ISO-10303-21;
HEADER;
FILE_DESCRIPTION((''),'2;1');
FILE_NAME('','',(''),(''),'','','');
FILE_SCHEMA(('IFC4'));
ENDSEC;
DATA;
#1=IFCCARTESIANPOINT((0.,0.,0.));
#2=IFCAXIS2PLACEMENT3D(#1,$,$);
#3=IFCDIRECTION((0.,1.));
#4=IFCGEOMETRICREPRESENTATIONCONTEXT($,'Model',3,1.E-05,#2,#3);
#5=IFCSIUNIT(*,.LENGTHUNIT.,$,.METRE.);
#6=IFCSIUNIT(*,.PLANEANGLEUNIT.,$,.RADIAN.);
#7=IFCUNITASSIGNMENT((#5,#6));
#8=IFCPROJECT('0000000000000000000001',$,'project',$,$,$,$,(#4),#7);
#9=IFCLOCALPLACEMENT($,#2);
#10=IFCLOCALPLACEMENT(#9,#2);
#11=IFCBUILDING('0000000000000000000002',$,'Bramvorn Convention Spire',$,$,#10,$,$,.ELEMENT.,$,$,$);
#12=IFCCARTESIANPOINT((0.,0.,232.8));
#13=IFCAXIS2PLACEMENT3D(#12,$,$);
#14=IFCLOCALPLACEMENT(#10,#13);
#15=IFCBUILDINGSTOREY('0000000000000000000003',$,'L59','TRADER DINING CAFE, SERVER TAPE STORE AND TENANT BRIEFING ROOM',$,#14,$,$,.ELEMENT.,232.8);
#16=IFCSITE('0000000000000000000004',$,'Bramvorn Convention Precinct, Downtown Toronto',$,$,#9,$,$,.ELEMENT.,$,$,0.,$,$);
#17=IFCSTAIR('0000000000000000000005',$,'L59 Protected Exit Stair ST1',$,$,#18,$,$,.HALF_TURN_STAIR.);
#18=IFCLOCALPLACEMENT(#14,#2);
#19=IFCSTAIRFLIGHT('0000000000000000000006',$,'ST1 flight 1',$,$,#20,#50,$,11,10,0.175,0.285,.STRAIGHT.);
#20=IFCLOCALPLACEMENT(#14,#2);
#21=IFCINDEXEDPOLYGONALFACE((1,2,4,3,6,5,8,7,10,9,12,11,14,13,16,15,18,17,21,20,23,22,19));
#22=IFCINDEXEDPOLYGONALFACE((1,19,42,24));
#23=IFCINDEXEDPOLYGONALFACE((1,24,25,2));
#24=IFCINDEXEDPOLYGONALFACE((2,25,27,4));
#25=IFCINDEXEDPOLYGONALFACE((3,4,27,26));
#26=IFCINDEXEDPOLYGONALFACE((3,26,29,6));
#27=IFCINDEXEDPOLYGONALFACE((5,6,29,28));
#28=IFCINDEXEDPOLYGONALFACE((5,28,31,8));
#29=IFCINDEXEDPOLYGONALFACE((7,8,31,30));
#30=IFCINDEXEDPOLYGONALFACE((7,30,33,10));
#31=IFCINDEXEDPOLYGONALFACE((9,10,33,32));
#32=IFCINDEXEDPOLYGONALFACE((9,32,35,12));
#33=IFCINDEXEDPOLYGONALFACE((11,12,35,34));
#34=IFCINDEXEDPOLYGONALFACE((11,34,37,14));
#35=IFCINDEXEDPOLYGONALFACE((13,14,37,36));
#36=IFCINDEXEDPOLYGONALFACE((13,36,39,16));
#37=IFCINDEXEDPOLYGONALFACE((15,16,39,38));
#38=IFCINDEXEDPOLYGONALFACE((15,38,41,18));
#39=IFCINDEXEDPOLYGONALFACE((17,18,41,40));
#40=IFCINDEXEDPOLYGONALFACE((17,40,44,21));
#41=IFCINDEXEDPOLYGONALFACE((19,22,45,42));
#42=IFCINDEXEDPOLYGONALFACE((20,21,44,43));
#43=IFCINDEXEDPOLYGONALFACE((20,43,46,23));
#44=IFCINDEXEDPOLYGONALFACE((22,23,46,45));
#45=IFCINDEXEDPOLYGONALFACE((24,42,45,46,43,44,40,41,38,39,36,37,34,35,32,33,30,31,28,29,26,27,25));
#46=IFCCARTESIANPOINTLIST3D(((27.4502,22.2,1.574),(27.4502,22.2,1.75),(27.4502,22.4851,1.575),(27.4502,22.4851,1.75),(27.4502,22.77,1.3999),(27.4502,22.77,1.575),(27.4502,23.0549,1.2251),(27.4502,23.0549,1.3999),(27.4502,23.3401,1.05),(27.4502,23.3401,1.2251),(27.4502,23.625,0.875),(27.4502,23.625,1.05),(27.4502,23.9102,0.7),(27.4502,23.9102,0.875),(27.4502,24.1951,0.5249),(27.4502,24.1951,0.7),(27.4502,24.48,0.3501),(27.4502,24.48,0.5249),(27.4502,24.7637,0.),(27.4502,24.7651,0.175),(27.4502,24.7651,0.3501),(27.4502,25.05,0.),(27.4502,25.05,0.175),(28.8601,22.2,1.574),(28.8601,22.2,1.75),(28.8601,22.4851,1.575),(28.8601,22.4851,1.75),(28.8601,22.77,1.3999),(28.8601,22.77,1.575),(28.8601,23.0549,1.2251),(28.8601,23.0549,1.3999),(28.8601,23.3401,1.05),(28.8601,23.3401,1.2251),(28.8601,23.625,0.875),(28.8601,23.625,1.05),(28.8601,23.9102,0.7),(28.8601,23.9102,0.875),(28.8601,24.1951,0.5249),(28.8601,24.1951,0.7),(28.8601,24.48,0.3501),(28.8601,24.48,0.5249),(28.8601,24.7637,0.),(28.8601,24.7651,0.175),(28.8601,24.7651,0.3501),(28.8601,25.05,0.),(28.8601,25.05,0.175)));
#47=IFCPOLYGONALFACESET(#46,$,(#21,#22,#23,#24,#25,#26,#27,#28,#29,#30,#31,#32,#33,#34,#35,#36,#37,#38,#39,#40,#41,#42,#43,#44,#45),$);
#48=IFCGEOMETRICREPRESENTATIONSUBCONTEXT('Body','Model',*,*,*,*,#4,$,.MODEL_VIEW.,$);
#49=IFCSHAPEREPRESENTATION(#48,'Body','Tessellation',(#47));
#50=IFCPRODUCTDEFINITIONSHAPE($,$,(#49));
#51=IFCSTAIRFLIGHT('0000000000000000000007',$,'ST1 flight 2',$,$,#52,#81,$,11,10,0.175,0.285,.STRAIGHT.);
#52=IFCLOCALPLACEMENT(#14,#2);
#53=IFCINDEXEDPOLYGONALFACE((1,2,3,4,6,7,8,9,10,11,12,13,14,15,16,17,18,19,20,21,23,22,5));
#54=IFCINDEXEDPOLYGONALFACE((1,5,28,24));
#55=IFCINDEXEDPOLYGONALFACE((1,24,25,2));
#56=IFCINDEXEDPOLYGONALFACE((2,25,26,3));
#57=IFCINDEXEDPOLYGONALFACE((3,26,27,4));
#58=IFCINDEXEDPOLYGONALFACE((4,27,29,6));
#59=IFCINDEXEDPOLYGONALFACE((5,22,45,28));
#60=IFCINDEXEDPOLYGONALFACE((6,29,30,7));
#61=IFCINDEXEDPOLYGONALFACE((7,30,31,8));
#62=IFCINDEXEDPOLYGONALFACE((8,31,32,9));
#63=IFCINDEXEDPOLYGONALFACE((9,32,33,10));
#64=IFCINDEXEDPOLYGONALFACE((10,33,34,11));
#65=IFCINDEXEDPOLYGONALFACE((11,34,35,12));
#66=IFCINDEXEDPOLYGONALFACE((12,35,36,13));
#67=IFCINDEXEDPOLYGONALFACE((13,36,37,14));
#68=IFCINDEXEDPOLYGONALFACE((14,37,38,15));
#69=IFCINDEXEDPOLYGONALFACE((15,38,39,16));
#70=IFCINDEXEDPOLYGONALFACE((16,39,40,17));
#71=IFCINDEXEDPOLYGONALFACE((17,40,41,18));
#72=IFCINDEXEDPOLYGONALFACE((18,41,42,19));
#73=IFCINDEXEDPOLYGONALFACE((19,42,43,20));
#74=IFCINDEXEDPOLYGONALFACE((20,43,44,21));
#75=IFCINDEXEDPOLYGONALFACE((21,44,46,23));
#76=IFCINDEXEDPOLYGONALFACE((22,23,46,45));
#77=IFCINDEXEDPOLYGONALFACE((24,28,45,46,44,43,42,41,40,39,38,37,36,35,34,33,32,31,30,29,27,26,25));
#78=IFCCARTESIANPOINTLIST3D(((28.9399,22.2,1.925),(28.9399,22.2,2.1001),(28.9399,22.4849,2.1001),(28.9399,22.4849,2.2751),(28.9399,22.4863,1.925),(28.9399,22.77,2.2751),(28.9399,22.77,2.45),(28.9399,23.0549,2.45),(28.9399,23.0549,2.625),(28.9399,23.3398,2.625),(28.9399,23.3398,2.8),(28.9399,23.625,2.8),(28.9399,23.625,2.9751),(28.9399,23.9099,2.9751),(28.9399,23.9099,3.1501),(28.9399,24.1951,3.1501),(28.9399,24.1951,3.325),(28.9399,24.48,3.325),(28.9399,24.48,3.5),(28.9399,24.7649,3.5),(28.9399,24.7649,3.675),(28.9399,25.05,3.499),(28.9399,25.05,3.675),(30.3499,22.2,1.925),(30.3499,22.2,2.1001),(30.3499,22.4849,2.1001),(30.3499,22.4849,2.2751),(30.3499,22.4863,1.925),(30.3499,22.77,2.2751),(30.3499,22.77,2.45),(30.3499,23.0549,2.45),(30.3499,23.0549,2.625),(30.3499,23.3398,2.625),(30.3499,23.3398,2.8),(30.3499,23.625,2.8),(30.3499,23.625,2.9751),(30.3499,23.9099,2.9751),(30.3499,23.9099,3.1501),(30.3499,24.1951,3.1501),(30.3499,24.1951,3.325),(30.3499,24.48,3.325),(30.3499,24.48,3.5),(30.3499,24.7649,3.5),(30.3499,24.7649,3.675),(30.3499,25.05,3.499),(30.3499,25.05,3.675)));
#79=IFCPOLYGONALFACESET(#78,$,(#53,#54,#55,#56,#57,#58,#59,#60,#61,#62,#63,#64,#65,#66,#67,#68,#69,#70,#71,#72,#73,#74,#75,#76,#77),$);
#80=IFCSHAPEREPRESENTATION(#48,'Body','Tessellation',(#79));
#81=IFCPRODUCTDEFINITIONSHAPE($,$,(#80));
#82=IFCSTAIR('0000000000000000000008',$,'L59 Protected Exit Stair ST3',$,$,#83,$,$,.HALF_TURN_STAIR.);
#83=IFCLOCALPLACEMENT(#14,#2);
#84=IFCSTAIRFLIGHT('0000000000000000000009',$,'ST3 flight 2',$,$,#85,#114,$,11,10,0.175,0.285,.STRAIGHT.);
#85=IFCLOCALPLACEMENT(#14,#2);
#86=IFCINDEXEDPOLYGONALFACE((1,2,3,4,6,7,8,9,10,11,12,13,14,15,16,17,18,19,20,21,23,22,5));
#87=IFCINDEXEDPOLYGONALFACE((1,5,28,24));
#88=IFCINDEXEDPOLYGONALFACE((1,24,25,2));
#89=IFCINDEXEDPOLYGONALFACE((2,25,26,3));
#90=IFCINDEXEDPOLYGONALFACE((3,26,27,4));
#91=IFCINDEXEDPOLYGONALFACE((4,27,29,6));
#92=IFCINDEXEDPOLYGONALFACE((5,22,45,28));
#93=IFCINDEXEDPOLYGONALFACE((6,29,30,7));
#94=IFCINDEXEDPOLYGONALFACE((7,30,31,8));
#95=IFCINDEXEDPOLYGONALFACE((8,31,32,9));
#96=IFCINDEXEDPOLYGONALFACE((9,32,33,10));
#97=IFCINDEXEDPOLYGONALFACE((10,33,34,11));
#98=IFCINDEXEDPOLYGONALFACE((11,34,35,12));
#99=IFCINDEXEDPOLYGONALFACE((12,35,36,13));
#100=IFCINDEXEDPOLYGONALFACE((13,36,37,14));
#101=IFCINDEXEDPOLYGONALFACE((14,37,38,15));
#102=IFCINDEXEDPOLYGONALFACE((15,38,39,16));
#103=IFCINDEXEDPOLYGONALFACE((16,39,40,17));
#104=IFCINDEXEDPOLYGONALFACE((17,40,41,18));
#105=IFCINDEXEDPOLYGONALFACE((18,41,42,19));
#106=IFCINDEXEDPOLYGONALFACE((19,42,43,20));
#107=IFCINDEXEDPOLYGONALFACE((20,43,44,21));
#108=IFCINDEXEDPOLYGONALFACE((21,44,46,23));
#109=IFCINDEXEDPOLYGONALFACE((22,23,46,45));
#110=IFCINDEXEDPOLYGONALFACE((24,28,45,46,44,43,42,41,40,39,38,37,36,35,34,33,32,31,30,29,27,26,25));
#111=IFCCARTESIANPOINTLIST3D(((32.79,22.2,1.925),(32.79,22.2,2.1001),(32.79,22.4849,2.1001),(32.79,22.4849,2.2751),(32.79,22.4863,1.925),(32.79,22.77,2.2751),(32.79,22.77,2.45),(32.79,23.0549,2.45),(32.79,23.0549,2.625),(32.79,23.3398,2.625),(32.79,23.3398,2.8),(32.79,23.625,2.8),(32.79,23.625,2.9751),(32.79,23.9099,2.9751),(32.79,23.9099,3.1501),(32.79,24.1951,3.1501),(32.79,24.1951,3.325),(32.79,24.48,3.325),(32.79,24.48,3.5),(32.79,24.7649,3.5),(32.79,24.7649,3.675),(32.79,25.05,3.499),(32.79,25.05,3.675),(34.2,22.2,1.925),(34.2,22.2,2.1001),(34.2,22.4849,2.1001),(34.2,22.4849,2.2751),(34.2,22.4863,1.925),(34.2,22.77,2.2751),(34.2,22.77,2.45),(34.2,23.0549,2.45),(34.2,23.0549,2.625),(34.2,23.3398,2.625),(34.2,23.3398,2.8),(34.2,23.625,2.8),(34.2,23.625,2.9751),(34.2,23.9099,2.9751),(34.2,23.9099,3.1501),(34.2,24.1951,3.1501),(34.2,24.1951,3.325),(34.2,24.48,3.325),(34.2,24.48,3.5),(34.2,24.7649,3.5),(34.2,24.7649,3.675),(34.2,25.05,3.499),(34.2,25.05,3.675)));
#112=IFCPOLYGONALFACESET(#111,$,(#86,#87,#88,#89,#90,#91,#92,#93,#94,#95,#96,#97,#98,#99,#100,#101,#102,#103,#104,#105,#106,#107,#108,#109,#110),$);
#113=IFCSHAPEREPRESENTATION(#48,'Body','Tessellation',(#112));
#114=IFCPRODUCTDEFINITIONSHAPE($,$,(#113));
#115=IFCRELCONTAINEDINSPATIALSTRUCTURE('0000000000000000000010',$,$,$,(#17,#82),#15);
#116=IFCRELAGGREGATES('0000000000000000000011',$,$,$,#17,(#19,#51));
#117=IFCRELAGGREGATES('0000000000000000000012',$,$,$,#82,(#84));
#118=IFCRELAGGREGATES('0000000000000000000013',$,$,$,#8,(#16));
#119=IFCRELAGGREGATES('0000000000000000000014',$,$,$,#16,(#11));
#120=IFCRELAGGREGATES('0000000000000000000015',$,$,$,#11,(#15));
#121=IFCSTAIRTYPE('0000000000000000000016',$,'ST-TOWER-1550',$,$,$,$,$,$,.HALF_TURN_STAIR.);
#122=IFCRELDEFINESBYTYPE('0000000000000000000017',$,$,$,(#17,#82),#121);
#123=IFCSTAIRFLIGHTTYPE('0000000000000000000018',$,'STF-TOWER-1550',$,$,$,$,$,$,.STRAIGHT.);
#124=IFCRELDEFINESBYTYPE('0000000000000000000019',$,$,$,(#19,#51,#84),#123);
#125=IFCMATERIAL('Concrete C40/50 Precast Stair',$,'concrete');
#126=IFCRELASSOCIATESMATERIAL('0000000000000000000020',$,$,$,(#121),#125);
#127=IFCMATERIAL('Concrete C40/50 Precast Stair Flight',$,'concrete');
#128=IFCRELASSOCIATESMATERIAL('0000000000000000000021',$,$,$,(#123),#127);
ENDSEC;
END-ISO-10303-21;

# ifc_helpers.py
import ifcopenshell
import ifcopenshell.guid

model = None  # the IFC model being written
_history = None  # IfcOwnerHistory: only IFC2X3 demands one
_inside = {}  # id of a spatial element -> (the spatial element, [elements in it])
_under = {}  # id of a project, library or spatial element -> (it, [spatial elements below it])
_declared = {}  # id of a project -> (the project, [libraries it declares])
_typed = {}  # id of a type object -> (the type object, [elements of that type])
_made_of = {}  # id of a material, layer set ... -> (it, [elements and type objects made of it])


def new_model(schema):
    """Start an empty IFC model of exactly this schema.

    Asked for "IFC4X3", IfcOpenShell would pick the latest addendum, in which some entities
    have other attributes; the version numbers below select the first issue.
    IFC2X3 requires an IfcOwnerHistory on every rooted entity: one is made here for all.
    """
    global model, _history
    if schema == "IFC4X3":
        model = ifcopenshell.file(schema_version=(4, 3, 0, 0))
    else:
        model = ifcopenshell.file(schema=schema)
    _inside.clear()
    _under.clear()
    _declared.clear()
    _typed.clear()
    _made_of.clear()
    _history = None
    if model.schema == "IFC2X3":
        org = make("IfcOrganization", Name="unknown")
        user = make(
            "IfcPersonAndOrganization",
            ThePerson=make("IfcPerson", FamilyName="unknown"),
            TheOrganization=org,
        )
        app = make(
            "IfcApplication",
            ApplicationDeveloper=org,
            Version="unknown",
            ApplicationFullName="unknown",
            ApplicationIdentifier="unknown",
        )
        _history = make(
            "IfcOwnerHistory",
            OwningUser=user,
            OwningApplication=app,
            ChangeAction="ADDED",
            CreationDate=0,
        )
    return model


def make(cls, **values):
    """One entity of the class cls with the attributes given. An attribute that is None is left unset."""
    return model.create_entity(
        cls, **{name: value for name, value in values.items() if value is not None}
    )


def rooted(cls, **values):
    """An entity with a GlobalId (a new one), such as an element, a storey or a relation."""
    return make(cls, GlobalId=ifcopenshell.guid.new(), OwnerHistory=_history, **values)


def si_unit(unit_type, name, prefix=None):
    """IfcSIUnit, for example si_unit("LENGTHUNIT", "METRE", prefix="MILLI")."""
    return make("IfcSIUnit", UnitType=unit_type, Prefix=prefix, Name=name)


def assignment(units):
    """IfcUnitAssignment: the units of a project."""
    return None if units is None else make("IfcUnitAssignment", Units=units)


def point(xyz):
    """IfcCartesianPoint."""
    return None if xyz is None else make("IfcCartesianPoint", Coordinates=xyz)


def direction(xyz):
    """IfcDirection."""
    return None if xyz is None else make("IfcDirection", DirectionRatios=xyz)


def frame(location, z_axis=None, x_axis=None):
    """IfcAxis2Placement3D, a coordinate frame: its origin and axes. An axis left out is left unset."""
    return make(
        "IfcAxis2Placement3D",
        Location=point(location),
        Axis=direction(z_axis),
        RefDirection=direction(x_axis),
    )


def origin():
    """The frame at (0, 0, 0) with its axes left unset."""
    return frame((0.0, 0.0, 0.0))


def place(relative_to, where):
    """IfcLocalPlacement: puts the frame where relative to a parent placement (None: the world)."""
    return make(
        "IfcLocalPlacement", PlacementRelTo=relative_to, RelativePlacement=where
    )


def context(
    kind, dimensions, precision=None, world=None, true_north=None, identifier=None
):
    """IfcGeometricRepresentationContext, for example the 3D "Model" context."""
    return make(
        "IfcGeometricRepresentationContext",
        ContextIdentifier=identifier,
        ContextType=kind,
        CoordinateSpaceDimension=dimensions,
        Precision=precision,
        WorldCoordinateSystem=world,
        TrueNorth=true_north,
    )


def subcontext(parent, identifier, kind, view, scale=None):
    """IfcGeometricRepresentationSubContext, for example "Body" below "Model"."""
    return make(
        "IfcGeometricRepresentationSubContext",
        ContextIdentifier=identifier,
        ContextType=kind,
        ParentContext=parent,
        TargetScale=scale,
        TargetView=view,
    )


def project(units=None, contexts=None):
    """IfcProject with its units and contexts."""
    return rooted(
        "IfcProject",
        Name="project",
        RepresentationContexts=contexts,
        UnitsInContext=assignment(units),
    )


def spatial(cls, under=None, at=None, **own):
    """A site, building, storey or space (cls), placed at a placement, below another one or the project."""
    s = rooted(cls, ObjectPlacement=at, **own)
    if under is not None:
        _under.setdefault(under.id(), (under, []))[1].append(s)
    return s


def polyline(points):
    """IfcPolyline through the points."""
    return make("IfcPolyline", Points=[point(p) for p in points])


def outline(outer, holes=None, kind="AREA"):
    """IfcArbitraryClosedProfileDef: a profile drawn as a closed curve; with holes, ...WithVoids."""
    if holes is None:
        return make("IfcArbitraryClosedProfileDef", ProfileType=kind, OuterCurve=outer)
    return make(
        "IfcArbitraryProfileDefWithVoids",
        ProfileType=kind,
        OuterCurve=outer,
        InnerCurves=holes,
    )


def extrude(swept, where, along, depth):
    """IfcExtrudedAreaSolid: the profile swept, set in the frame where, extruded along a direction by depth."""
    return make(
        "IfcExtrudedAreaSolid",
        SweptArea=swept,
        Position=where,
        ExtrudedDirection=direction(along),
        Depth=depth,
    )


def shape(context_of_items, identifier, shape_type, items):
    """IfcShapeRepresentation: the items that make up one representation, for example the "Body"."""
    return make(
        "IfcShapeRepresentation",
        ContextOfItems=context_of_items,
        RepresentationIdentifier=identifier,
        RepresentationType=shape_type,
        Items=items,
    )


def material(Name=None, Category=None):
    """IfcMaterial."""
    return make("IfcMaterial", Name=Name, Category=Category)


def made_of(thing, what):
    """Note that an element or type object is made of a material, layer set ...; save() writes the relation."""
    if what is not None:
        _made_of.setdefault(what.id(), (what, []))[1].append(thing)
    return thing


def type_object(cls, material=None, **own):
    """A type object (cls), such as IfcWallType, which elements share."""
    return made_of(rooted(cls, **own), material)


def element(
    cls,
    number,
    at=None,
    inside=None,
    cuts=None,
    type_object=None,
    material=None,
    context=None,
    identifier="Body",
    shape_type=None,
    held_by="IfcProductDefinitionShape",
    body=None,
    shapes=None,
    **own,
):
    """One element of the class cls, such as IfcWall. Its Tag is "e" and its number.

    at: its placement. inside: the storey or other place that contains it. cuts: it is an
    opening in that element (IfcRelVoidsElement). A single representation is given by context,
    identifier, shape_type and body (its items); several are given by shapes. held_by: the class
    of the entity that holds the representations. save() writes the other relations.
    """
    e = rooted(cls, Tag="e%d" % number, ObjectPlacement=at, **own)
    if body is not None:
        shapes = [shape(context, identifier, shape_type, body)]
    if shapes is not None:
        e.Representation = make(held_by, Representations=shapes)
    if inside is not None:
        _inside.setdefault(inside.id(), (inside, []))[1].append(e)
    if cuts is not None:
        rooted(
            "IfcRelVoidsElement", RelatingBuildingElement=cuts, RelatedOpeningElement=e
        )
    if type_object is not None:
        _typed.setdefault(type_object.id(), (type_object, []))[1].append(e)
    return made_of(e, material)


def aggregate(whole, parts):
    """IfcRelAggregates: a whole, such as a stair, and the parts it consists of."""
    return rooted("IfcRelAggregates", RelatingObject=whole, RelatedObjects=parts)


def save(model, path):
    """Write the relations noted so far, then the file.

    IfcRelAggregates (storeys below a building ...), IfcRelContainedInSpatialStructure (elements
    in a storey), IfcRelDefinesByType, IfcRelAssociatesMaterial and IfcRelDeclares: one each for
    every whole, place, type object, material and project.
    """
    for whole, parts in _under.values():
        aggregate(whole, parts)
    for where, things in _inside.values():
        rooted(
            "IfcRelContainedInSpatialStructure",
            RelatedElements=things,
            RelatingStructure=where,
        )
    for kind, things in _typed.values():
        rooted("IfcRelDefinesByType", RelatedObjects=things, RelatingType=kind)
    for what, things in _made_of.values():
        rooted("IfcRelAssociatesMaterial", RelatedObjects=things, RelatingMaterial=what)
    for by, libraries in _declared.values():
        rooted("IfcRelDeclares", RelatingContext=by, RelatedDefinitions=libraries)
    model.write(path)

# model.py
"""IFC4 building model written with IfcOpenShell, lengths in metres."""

from ifc_helpers import new_model, si_unit, direction, frame, origin, place, context, subcontext, project, spatial, polyline, outline, extrude, material, type_object, element, aggregate, save


model = new_model("IFC4")

# Units and contexts
model_context = context("Model", 3, precision=1e-05, world=origin(), true_north=direction((0.0, 1.0)))
body_context = subcontext(model_context, "Body", "Model", "MODEL_VIEW")
ifc_project = project(units=[si_unit("LENGTHUNIT", "METRE"), si_unit("PLANEANGLEUNIT", "RADIAN")], contexts=[model_context])

# Site, building, storey
site_placement = place(None, origin())
site = spatial("IfcSite", under=ifc_project, at=site_placement, Name="Bramvorn Convention Precinct, Downtown Toronto", CompositionType="ELEMENT", RefElevation=0.0)
building_placement = place(site_placement, origin())
building = spatial("IfcBuilding", under=site, at=building_placement, Name="Bramvorn Convention Spire", CompositionType="ELEMENT")
storey_placement = place(building_placement, frame((0.0, 0.0, 232.8)))
storey = spatial("IfcBuildingStorey", under=building, at=storey_placement, Name="L59", Description="TRADER DINING CAFE, SERVER TAPE STORE AND TENANT BRIEFING ROOM", CompositionType="ELEMENT", Elevation=232.8)

# Stair, stair flights
ifc_material_1 = material(Name="Concrete C40/50 Precast Stair", Category="concrete")
stair_type = type_object("IfcStairType", Name="ST-TOWER-1550", PredefinedType="HALF_TURN_STAIR", material=ifc_material_1)
stair_1_placement = place(storey_placement, origin())
stair_1 = element("IfcStair", 1, at=stair_1_placement, inside=storey, type_object=stair_type, Name="L59 Protected Exit Stair ST1", PredefinedType="HALF_TURN_STAIR")
ifc_material_2 = material(Name="Concrete C40/50 Precast Stair Flight", Category="concrete")
stair_flight_type = type_object("IfcStairFlightType", Name="STF-TOWER-1550", PredefinedType="STRAIGHT", material=ifc_material_2)
stair_flight_1_placement = place(storey_placement, frame((28.155, 25.05, 0.0), z_axis=(0.0, 0.0, 1.0), x_axis=(0.0, -1.0, 0.0)))
stair_flight_1 = element("IfcStairFlight", 2, at=stair_flight_1_placement, type_object=stair_flight_type, Name="ST1 flight 1", NumberOfRisers=11, NumberOfTreads=10, PredefinedType="STRAIGHT", RiserHeight=0.175, TreadLength=0.285, context=body_context, shape_type="SweptSolid", body=[
    extrude(outline(polyline([(0.0, 0.0), (0.0, 0.175), (0.2849, 0.175), (0.2849, 0.3501), (0.5701, 0.3501), (0.5701, 0.5249), (0.855, 0.5249), (0.855, 0.7), (1.1399, 0.7), (1.1399, 0.875), (1.425, 0.875), (1.425, 1.05), (1.71, 1.05), (1.71, 1.2251), (1.9951, 1.2251), (1.9951, 1.3999), (2.28, 1.3999), (2.28, 1.575), (2.5649, 1.575), (2.5649, 1.75), (2.8501, 1.75), (2.8501, 1.925), (2.8501, 1.574), (0.2864, 0.0), (0.0, 0.0)])), frame((0.0, 0.7051, 0.0), z_axis=(0.0, -1.0, 0.0), x_axis=(1.0, 0.0, 0.0)), (0.0, 0.0, 1.0), 1.4099),
])
stair_flight_2_placement = place(storey_placement, frame((29.645, 22.2, 1.925), z_axis=(0.0, 0.0, 1.0), x_axis=(0.0, 1.0, 0.0)))
stair_flight_2 = element("IfcStairFlight", 3, at=stair_flight_2_placement, type_object=stair_flight_type, Name="ST1 flight 2", NumberOfRisers=11, NumberOfTreads=10, PredefinedType="STRAIGHT", RiserHeight=0.175, TreadLength=0.285, context=body_context, shape_type="SweptSolid", body=[
    extrude(outline(polyline([(0.0, 0.0), (0.0, 0.175), (0.2849, 0.175), (0.2849, 0.3501), (0.5701, 0.3501), (0.5701, 0.5249), (0.855, 0.5249), (0.855, 0.7), (1.1399, 0.7), (1.1399, 0.875), (1.425, 0.875), (1.425, 1.05), (1.71, 1.05), (1.71, 1.2251), (1.9951, 1.2251), (1.9951, 1.3999), (2.28, 1.3999), (2.28, 1.575), (2.5649, 1.575), (2.5649, 1.75), (2.8501, 1.75), (2.8501, 1.925), (2.8501, 1.574), (0.2864, 0.0), (0.0, 0.0)])), frame((0.0, 0.7051, 0.0), z_axis=(0.0, -1.0, 0.0), x_axis=(1.0, 0.0, 0.0)), (0.0, 0.0, 1.0), 1.4099),
])
aggregate(stair_1, [stair_flight_1, stair_flight_2])

# Stair, stair flight
stair_2_placement = place(storey_placement, origin())
stair_2 = element("IfcStair", 4, at=stair_2_placement, inside=storey, type_object=stair_type, Name="L59 Protected Exit Stair ST3", PredefinedType="HALF_TURN_STAIR")
stair_flight_3_placement = place(storey_placement, frame((33.4951, 22.2, 1.925), z_axis=(0.0, 0.0, 1.0), x_axis=(0.0, 1.0, 0.0)))
stair_flight_3 = element("IfcStairFlight", 5, at=stair_flight_3_placement, type_object=stair_flight_type, Name="ST3 flight 2", NumberOfRisers=11, NumberOfTreads=10, PredefinedType="STRAIGHT", RiserHeight=0.175, TreadLength=0.285, context=body_context, shape_type="SweptSolid", body=[
    extrude(outline(polyline([(0.0, 0.0), (0.0, 0.175), (0.2849, 0.175), (0.2849, 0.3501), (0.5701, 0.3501), (0.5701, 0.5249), (0.855, 0.5249), (0.855, 0.7), (1.1399, 0.7), (1.1399, 0.875), (1.425, 0.875), (1.425, 1.05), (1.71, 1.05), (1.71, 1.2251), (1.9951, 1.2251), (1.9951, 1.3999), (2.28, 1.3999), (2.28, 1.575), (2.5649, 1.575), (2.5649, 1.75), (2.8501, 1.75), (2.8501, 1.925), (2.8501, 1.574), (0.2864, 0.0), (0.0, 0.0)])), frame((0.0, 0.7051, 0.0), z_axis=(0.0, -1.0, 0.0), x_axis=(1.0, 0.0, 0.0)), (0.0, 0.0, 1.0), 1.4099),
])
aggregate(stair_2, [stair_flight_3])

save(model, "model.ifc")
